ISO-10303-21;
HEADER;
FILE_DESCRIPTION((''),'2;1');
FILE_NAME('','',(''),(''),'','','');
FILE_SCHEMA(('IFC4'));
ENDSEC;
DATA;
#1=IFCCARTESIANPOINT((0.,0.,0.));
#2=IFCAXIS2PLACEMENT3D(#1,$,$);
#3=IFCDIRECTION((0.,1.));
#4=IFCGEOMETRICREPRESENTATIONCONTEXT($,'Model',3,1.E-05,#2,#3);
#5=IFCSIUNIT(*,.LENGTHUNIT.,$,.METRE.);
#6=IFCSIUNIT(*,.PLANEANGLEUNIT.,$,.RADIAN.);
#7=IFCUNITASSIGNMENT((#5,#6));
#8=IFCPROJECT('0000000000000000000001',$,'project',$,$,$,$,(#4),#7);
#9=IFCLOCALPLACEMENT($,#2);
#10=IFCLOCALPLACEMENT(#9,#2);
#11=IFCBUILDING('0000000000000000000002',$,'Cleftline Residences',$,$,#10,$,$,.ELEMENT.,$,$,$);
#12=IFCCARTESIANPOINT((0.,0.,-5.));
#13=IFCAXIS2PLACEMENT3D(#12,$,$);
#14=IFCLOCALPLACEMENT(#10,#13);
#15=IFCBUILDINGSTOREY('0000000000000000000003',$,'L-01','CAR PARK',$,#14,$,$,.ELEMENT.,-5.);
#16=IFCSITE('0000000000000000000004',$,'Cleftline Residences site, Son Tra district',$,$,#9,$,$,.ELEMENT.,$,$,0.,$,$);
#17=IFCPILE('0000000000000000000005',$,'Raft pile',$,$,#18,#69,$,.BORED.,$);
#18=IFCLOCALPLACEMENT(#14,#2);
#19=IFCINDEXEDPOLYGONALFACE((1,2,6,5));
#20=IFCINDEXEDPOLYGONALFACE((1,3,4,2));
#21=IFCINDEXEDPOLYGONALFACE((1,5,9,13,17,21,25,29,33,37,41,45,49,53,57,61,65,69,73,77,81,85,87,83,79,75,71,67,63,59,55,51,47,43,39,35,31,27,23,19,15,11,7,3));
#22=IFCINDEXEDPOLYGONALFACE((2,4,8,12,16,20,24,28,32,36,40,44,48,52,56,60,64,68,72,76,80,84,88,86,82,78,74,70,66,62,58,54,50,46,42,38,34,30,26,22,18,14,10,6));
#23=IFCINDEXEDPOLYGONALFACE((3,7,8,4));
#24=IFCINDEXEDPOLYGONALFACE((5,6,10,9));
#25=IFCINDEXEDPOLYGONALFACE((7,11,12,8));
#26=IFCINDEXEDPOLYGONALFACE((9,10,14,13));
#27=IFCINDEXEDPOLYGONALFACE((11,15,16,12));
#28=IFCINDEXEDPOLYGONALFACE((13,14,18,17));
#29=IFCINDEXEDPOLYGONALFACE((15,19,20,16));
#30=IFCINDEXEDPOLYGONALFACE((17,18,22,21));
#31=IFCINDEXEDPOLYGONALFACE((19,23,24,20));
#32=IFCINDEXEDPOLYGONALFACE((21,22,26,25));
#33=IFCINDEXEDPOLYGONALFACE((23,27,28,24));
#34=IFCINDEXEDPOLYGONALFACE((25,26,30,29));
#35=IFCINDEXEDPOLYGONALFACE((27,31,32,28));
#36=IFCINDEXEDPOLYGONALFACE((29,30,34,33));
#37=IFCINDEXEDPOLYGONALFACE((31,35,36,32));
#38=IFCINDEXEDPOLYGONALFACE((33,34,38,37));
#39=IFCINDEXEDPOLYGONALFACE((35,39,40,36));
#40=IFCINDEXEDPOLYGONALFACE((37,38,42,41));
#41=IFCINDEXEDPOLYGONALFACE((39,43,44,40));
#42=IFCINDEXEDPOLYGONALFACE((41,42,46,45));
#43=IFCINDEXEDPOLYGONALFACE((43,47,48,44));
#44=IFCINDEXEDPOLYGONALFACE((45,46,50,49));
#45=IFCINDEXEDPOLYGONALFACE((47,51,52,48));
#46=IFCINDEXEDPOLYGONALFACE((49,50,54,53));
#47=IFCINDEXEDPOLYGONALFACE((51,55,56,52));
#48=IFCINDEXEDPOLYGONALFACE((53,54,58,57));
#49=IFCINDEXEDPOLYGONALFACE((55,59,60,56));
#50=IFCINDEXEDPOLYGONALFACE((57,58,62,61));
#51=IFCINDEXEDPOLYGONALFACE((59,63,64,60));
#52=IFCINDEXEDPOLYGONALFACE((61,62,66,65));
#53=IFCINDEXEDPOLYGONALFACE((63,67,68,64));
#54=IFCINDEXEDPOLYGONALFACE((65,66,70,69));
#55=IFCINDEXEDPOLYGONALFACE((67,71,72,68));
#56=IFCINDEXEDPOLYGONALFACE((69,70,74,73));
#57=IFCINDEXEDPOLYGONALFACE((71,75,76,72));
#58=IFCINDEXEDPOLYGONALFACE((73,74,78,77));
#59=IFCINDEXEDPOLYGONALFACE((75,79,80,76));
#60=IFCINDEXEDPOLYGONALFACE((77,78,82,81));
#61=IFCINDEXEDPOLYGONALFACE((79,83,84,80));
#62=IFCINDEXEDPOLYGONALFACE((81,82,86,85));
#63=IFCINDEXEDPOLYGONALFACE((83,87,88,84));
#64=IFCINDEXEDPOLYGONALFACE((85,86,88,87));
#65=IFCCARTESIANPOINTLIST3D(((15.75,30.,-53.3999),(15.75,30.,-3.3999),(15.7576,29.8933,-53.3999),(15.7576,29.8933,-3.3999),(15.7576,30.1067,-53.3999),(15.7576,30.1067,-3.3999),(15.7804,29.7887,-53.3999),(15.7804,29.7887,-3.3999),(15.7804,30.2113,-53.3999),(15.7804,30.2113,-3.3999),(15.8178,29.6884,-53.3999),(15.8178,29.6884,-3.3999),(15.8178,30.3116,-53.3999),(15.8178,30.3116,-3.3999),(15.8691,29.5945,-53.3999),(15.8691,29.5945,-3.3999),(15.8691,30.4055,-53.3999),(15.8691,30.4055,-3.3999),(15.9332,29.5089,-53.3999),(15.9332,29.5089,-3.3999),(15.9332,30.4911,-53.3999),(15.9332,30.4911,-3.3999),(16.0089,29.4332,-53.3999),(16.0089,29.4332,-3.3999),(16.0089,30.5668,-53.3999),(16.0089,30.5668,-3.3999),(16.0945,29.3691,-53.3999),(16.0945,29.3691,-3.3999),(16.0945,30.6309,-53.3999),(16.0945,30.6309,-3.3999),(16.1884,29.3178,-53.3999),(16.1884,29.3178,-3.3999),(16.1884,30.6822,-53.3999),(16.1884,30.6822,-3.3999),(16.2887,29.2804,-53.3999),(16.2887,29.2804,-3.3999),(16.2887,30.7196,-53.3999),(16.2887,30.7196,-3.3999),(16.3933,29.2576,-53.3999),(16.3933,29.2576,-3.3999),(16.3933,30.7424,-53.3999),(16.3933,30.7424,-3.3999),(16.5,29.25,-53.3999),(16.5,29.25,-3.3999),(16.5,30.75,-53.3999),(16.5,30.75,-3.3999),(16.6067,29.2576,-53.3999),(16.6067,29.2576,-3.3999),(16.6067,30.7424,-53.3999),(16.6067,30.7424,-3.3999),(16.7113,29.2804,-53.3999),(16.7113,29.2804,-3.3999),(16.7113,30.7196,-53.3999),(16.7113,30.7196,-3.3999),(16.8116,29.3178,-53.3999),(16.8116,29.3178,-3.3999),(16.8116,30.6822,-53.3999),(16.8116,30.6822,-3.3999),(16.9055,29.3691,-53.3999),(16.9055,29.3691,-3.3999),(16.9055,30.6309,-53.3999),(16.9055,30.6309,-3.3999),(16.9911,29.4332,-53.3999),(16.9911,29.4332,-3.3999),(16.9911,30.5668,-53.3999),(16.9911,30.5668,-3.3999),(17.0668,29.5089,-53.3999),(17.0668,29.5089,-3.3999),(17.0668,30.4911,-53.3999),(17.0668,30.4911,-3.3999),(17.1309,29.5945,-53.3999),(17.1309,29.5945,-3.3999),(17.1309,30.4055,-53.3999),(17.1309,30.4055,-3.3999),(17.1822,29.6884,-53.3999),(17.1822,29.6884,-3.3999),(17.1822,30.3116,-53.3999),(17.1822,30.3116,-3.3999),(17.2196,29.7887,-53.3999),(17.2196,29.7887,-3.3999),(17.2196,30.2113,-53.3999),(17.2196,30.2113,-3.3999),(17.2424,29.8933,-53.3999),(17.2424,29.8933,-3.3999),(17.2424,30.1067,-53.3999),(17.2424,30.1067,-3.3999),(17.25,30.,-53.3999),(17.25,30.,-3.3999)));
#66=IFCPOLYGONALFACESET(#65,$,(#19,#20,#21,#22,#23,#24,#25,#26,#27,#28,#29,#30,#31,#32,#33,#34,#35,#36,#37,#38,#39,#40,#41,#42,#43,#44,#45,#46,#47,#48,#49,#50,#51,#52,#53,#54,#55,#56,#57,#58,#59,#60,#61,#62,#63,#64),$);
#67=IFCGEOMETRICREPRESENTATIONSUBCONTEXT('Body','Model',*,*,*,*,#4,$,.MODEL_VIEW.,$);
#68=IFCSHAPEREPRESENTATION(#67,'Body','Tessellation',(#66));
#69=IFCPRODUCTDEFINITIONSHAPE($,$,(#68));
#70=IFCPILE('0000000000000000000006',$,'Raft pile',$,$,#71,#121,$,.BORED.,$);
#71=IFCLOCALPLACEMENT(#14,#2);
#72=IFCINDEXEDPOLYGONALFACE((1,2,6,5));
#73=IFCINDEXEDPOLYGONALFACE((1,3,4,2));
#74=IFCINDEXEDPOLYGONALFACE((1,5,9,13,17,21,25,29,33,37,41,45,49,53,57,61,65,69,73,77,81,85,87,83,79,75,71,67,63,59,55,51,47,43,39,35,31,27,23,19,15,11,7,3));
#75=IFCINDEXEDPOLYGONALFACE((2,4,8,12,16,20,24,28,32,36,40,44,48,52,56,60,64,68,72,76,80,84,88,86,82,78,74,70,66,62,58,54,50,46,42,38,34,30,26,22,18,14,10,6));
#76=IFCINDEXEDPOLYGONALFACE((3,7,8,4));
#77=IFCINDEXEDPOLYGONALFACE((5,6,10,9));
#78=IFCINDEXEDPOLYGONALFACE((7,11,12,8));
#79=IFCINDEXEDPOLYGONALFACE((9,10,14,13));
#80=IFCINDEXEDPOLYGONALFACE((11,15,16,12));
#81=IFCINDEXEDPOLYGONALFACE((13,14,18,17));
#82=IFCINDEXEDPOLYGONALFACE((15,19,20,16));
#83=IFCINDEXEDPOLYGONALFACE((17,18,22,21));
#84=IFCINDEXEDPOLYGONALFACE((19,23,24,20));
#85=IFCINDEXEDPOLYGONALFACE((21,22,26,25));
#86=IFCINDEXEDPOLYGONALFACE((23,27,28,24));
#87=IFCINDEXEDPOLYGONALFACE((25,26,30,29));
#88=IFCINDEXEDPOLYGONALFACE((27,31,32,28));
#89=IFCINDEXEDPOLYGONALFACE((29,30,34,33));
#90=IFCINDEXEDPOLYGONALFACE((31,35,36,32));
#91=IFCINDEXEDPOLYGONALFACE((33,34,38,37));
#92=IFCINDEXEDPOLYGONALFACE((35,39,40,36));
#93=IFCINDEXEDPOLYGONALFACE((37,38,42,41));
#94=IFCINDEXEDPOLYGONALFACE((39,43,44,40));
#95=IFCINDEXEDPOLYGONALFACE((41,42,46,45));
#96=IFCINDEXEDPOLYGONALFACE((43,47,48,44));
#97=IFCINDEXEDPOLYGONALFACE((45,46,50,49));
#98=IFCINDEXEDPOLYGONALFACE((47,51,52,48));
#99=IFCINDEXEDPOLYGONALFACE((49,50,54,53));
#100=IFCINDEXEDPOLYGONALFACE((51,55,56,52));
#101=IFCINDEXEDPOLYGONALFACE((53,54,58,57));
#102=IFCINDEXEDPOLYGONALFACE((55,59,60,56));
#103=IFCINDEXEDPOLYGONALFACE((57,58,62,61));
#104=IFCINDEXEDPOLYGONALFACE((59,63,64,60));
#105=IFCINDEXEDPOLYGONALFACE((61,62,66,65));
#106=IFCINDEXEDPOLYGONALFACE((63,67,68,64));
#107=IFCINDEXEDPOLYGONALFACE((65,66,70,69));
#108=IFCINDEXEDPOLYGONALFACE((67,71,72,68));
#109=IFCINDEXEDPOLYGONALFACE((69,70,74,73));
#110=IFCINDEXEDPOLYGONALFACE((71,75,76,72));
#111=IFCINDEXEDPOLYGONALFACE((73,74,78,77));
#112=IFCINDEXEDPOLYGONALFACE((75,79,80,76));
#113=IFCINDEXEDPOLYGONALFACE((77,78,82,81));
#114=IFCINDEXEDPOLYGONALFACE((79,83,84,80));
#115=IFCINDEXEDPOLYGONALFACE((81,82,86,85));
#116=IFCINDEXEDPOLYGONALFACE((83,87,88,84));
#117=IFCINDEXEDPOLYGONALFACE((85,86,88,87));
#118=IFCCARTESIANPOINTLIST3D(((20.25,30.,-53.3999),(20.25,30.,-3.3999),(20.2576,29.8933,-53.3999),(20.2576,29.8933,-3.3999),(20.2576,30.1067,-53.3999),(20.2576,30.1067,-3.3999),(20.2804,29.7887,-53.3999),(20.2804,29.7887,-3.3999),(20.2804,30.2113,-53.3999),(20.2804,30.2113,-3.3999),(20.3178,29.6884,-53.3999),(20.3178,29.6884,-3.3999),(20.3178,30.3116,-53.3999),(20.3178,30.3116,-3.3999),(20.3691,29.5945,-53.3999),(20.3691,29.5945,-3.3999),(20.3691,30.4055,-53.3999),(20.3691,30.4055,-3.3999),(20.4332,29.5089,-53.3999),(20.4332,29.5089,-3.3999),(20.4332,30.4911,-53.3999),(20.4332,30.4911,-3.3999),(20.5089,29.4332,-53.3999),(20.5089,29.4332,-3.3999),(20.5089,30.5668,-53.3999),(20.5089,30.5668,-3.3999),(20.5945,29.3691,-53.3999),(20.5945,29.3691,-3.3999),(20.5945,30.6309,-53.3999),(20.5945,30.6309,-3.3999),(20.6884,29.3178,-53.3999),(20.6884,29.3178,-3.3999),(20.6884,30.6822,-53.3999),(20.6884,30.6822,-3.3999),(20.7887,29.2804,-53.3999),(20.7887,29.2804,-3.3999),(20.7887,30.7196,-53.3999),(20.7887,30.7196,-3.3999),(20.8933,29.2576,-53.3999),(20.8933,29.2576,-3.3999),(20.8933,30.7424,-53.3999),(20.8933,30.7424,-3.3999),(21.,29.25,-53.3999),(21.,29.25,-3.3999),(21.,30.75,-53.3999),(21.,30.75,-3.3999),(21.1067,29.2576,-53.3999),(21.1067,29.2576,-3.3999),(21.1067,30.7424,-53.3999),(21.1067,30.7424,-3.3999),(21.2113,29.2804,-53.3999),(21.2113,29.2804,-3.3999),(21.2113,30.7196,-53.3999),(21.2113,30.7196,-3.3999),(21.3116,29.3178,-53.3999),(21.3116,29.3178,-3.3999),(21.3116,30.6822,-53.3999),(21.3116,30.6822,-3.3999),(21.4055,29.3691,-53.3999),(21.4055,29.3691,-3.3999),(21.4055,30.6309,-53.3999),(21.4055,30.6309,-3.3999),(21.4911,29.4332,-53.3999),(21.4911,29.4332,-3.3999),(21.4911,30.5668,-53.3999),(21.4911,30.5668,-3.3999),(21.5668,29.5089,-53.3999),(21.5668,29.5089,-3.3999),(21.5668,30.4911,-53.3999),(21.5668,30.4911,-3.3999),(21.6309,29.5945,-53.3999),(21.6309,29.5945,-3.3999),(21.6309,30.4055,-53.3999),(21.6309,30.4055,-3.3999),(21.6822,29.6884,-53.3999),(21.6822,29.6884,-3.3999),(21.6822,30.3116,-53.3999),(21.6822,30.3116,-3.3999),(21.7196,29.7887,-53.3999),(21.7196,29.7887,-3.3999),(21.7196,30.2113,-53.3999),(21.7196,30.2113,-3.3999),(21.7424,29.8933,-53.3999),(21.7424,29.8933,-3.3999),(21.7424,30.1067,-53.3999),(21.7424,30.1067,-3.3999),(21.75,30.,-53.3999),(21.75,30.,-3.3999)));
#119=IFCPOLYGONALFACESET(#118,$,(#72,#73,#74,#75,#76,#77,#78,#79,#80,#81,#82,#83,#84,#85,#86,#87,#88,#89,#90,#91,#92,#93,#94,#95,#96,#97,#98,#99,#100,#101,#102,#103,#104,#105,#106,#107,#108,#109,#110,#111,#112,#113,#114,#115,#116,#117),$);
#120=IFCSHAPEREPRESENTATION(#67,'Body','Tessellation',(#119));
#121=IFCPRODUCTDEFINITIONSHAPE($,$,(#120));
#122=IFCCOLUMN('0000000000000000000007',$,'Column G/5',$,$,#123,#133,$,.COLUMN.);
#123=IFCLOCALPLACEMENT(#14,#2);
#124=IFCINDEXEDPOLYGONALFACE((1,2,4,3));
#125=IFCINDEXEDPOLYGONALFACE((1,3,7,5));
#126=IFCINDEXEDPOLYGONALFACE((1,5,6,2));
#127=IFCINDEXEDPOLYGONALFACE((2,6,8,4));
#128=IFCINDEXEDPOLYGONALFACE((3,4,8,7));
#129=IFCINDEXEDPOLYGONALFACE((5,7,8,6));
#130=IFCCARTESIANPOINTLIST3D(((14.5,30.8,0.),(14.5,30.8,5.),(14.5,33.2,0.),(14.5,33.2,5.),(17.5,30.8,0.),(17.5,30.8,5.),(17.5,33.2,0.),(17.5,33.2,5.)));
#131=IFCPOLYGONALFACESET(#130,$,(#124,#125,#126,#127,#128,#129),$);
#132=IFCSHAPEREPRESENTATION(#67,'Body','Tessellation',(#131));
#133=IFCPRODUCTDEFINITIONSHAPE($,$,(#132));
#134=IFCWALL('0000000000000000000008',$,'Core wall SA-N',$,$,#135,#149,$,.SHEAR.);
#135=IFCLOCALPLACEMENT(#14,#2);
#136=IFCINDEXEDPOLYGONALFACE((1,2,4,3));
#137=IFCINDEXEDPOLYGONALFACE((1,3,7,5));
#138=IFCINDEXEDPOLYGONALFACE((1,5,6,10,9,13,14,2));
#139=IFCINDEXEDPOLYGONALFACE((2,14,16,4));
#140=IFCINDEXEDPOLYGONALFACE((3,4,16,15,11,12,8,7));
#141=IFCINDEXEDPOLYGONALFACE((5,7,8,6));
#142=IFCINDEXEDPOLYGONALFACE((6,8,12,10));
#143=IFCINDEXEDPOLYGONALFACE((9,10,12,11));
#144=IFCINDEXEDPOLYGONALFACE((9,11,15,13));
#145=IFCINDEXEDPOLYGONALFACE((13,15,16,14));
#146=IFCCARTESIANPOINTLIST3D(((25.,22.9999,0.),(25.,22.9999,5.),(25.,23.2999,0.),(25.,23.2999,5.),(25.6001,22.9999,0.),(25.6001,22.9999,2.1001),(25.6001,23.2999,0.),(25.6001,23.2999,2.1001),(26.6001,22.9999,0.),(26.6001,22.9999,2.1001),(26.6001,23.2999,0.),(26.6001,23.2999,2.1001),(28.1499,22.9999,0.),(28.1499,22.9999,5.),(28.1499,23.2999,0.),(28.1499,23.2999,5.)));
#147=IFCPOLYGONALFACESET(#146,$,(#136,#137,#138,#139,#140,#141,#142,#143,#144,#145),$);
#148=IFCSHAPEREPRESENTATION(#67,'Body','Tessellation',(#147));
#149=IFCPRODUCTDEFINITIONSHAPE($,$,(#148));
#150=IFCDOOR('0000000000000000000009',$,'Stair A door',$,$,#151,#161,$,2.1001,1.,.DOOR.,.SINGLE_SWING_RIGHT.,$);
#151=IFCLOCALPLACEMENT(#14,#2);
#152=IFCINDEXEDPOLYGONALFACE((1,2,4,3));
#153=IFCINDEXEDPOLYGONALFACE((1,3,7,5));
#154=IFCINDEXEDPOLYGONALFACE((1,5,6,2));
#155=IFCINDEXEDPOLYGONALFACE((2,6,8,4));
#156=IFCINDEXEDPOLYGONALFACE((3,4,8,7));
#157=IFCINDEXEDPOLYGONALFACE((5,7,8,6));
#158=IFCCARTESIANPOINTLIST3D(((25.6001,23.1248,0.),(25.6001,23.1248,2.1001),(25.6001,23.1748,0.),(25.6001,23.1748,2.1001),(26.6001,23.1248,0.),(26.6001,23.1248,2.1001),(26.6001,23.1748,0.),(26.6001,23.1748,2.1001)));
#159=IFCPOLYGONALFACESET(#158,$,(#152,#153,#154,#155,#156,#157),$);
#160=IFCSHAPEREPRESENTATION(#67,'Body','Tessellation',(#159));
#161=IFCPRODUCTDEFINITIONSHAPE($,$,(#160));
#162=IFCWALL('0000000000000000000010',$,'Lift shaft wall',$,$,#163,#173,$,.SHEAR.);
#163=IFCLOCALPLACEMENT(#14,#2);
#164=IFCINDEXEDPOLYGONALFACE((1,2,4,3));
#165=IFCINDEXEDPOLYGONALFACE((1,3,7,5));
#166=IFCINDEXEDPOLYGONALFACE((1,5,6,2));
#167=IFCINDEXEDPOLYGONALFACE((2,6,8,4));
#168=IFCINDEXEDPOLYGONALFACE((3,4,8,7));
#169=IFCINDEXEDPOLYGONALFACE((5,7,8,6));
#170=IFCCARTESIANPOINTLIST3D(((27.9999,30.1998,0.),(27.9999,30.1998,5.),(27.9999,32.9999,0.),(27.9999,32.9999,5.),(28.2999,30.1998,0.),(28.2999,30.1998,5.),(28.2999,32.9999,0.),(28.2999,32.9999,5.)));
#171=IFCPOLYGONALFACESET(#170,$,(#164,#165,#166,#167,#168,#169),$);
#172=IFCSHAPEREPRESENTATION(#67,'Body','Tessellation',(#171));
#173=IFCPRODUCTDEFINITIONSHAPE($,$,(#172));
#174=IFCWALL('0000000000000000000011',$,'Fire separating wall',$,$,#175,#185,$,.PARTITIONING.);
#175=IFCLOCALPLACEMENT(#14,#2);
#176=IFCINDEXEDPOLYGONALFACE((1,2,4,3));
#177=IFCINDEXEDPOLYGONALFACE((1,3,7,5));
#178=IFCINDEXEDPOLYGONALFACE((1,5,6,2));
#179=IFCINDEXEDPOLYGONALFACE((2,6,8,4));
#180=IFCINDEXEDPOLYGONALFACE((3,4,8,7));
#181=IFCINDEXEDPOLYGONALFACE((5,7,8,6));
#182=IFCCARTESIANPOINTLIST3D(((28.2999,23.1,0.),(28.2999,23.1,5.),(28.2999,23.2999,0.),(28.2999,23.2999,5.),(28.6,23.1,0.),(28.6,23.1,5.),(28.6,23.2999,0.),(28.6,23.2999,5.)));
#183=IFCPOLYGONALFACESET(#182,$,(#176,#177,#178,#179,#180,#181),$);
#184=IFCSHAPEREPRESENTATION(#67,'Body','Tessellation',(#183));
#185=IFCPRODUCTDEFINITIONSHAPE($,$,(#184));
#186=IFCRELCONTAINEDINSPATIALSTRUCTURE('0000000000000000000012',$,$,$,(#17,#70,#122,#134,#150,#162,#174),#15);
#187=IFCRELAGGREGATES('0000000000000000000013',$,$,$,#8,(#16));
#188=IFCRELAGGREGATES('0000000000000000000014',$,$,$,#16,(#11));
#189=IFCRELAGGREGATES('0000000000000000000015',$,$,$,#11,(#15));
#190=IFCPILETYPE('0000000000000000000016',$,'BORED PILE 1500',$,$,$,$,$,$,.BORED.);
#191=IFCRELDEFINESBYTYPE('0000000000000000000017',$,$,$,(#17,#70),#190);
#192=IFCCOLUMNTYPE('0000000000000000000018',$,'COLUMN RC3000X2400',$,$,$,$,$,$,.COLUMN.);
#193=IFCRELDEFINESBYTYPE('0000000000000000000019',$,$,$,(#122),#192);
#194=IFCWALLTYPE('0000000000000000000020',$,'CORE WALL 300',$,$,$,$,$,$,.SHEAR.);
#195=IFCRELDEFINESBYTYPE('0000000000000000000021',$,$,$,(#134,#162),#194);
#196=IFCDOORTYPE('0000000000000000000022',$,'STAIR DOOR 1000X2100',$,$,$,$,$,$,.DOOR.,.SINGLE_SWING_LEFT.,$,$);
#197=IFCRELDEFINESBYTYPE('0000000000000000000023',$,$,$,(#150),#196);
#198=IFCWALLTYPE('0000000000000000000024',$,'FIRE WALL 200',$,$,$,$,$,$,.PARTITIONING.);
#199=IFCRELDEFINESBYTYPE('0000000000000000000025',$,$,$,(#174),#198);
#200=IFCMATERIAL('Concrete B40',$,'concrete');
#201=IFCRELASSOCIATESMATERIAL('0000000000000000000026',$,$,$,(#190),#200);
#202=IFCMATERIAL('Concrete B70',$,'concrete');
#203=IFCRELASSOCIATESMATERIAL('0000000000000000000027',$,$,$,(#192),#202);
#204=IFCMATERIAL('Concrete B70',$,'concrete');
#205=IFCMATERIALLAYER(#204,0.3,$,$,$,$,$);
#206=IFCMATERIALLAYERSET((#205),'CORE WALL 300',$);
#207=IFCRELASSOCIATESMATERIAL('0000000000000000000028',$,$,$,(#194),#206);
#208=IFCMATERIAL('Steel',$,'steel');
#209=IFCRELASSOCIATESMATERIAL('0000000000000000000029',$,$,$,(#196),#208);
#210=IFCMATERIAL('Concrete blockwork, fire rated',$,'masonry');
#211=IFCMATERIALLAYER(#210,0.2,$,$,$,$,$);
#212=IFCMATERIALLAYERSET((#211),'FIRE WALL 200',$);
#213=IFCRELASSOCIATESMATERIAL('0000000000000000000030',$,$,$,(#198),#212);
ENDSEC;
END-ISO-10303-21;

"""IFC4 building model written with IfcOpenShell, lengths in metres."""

from ifc_helpers import new_model, si_unit, direction, frame, frame_2d, origin, origin_2d, place, context, subcontext, project, spatial, rectangle, circle, extrude, material, layer, layer_set, material_profile, profile_set, type_object, element, fill, save


model = new_model("IFC4")

# Units and contexts
model_context = context("Model", 3, precision=1e-05, world=origin(), true_north=direction((0.0, 1.0)))
body_context = subcontext(model_context, "Body", "Model", "MODEL_VIEW")
ifc_project = project(units=[si_unit("LENGTHUNIT", "METRE"), si_unit("PLANEANGLEUNIT", "RADIAN")], contexts=[model_context])

# Site, building, storey
site_placement = place(None, origin())
site = spatial("IfcSite", under=ifc_project, at=site_placement, Name="Cleftline Residences site, Son Tra district", CompositionType="ELEMENT", RefElevation=0.0)
building_placement = place(site_placement, origin())
building = spatial("IfcBuilding", under=site, at=building_placement, Name="Cleftline Residences", CompositionType="ELEMENT")
storey_placement = place(building_placement, frame((0.0, 0.0, -5.0)))
storey = spatial("IfcBuildingStorey", under=building, at=storey_placement, Name="L-01", Description="CAR PARK", CompositionType="ELEMENT", Elevation=-5.0)

# Piles
ifc_material_1 = material(Name="Concrete B40", Category="concrete")
ifc_material_profile_1 = material_profile(ifc_material_1, circle(Radius=0.75, at=origin_2d()))
ifc_profile_set_1 = profile_set([ifc_material_profile_1], Name="Concrete B40")
pile_type = type_object("IfcPileType", Name="BORED PILE 1500", PredefinedType="BORED", material=ifc_profile_set_1)
for number, where, z_axis, x_axis, name in (
    (1, (16.5, 30.0, -3.3999), (0.0, 0.0, -1.0), (1.0, 0.0, 0.0), "Raft pile"),
    (2, (21.0, 30.0, -3.3999), (0.0, 0.0, -1.0), (1.0, 0.0, 0.0), "Raft pile"),
):
    element("IfcPile", number, at=place(storey_placement, frame(where, z_axis=z_axis, x_axis=x_axis)), inside=storey, type_object=pile_type, Name=name, PredefinedType="BORED", context=body_context, shape_type="SweptSolid", body=[
        extrude(circle(Radius=0.75, at=origin_2d()), origin(), (0.0, 0.0, 1.0), 50.0),
    ])

# Column
ifc_material_2 = material(Name="Concrete B70", Category="concrete")
ifc_material_profile_2 = material_profile(ifc_material_2, rectangle(XDim=3.0, YDim=2.3999, at=origin_2d()))
ifc_profile_set_2 = profile_set([ifc_material_profile_2], Name="Concrete B70")
column_type = type_object("IfcColumnType", Name="COLUMN RC3000X2400", PredefinedType="COLUMN", material=ifc_profile_set_2)
column_placement = place(storey_placement, frame((16.0, 32.0, 0.0), z_axis=(0.0, 0.0, 1.0), x_axis=(1.0, 0.0, 0.0)))
element("IfcColumn", 3, at=column_placement, inside=storey, type_object=column_type, Name="Column G/5", PredefinedType="COLUMN", context=body_context, shape_type="SweptSolid", body=[
    extrude(rectangle(XDim=3.0, YDim=2.3999, at=origin_2d()), origin(), (0.0, 0.0, 1.0), 5.0),
])

# Wall, opening, door
ifc_material_3 = material(Name="Concrete B70", Category="concrete")
ifc_layer_1 = layer(ifc_material_3, 0.3)
ifc_layer_set_1 = layer_set([ifc_layer_1], Name="CORE WALL 300")
wall_type_1 = type_object("IfcWallType", Name="CORE WALL 300", PredefinedType="SHEAR", material=ifc_layer_set_1)
wall_1_placement = place(storey_placement, frame((25.0, 23.1499, 0.0), z_axis=(0.0, 0.0, 1.0), x_axis=(1.0, 0.0, 0.0)))
wall_1 = element("IfcWall", 4, at=wall_1_placement, inside=storey, type_object=wall_type_1, Name="Core wall SA-N", PredefinedType="SHEAR", context=body_context, shape_type="SweptSolid", body=[
    extrude(rectangle(XDim=3.1499, YDim=0.3, at=frame_2d((1.575, 0.0))), origin(), (0.0, 0.0, 1.0), 5.0),
])
opening_1_placement = place(wall_1_placement, frame((0.6001, 0.0, 0.0)))
opening_1 = element("IfcOpeningElement", 5, at=opening_1_placement, cuts=wall_1, PredefinedType="OPENING", context=body_context, shape_type="SweptSolid", body=[
    extrude(rectangle(XDim=1.0, YDim=2.1001, at=frame_2d((0.5, 1.05))), frame((0.0, 0.1599, 0.0), z_axis=(0.0, -1.0, 0.0), x_axis=(1.0, 0.0, 0.0)), (0.0, 0.0, 1.0), 0.3201),
])
ifc_material_4 = material(Name="Steel", Category="steel")
door_type_1 = type_object("IfcDoorType", Name="STAIR DOOR 1000X2100", OperationType="SINGLE_SWING_LEFT", PredefinedType="DOOR", material=ifc_material_4)
door_1_placement = place(opening_1_placement, origin())
door_1 = element("IfcDoor", 6, at=door_1_placement, inside=storey, type_object=door_type_1, Name="Stair A door", OperationType="SINGLE_SWING_RIGHT", OverallHeight=2.1001, OverallWidth=1.0, PredefinedType="DOOR", context=body_context, shape_type="SweptSolid", body=[
    extrude(rectangle(XDim=1.0, YDim=2.1001, at=frame_2d((0.5, 1.05))), frame((0.0, 0.0249, 0.0), z_axis=(0.0, -1.0, 0.0), x_axis=(1.0, 0.0, 0.0)), (0.0, 0.0, 1.0), 0.05),
])
fill(opening_1, door_1)

# Walls
wall_2_placement = place(storey_placement, frame((28.1499, 30.2, 0.0), z_axis=(0.0, 0.0, 1.0), x_axis=(0.0, 1.0, 0.0)))
element("IfcWall", 7, at=wall_2_placement, inside=storey, type_object=wall_type_1, Name="Lift shaft wall", PredefinedType="SHEAR", context=body_context, shape_type="SweptSolid", body=[
    extrude(rectangle(XDim=2.8, YDim=0.3, at=frame_2d((1.3999, 0.0))), origin(), (0.0, 0.0, 1.0), 5.0),
])
ifc_material_5 = material(Name="Concrete blockwork, fire rated", Category="masonry")
ifc_layer_2 = layer(ifc_material_5, 0.2)
ifc_layer_set_2 = layer_set([ifc_layer_2], Name="FIRE WALL 200")
wall_type_2 = type_object("IfcWallType", Name="FIRE WALL 200", PredefinedType="PARTITIONING", material=ifc_layer_set_2)
wall_3_placement = place(storey_placement, frame((28.3, 23.2, 0.0), z_axis=(0.0, 0.0, 1.0), x_axis=(1.0, 0.0, 0.0)))
element("IfcWall", 8, at=wall_3_placement, inside=storey, type_object=wall_type_2, Name="Fire separating wall", PredefinedType="PARTITIONING", context=body_context, shape_type="SweptSolid", body=[
    extrude(rectangle(XDim=0.3, YDim=0.2, at=frame_2d((0.1499, 0.0))), origin(), (0.0, 0.0, 1.0), 5.0),
])

save(model, "model.ifc")
